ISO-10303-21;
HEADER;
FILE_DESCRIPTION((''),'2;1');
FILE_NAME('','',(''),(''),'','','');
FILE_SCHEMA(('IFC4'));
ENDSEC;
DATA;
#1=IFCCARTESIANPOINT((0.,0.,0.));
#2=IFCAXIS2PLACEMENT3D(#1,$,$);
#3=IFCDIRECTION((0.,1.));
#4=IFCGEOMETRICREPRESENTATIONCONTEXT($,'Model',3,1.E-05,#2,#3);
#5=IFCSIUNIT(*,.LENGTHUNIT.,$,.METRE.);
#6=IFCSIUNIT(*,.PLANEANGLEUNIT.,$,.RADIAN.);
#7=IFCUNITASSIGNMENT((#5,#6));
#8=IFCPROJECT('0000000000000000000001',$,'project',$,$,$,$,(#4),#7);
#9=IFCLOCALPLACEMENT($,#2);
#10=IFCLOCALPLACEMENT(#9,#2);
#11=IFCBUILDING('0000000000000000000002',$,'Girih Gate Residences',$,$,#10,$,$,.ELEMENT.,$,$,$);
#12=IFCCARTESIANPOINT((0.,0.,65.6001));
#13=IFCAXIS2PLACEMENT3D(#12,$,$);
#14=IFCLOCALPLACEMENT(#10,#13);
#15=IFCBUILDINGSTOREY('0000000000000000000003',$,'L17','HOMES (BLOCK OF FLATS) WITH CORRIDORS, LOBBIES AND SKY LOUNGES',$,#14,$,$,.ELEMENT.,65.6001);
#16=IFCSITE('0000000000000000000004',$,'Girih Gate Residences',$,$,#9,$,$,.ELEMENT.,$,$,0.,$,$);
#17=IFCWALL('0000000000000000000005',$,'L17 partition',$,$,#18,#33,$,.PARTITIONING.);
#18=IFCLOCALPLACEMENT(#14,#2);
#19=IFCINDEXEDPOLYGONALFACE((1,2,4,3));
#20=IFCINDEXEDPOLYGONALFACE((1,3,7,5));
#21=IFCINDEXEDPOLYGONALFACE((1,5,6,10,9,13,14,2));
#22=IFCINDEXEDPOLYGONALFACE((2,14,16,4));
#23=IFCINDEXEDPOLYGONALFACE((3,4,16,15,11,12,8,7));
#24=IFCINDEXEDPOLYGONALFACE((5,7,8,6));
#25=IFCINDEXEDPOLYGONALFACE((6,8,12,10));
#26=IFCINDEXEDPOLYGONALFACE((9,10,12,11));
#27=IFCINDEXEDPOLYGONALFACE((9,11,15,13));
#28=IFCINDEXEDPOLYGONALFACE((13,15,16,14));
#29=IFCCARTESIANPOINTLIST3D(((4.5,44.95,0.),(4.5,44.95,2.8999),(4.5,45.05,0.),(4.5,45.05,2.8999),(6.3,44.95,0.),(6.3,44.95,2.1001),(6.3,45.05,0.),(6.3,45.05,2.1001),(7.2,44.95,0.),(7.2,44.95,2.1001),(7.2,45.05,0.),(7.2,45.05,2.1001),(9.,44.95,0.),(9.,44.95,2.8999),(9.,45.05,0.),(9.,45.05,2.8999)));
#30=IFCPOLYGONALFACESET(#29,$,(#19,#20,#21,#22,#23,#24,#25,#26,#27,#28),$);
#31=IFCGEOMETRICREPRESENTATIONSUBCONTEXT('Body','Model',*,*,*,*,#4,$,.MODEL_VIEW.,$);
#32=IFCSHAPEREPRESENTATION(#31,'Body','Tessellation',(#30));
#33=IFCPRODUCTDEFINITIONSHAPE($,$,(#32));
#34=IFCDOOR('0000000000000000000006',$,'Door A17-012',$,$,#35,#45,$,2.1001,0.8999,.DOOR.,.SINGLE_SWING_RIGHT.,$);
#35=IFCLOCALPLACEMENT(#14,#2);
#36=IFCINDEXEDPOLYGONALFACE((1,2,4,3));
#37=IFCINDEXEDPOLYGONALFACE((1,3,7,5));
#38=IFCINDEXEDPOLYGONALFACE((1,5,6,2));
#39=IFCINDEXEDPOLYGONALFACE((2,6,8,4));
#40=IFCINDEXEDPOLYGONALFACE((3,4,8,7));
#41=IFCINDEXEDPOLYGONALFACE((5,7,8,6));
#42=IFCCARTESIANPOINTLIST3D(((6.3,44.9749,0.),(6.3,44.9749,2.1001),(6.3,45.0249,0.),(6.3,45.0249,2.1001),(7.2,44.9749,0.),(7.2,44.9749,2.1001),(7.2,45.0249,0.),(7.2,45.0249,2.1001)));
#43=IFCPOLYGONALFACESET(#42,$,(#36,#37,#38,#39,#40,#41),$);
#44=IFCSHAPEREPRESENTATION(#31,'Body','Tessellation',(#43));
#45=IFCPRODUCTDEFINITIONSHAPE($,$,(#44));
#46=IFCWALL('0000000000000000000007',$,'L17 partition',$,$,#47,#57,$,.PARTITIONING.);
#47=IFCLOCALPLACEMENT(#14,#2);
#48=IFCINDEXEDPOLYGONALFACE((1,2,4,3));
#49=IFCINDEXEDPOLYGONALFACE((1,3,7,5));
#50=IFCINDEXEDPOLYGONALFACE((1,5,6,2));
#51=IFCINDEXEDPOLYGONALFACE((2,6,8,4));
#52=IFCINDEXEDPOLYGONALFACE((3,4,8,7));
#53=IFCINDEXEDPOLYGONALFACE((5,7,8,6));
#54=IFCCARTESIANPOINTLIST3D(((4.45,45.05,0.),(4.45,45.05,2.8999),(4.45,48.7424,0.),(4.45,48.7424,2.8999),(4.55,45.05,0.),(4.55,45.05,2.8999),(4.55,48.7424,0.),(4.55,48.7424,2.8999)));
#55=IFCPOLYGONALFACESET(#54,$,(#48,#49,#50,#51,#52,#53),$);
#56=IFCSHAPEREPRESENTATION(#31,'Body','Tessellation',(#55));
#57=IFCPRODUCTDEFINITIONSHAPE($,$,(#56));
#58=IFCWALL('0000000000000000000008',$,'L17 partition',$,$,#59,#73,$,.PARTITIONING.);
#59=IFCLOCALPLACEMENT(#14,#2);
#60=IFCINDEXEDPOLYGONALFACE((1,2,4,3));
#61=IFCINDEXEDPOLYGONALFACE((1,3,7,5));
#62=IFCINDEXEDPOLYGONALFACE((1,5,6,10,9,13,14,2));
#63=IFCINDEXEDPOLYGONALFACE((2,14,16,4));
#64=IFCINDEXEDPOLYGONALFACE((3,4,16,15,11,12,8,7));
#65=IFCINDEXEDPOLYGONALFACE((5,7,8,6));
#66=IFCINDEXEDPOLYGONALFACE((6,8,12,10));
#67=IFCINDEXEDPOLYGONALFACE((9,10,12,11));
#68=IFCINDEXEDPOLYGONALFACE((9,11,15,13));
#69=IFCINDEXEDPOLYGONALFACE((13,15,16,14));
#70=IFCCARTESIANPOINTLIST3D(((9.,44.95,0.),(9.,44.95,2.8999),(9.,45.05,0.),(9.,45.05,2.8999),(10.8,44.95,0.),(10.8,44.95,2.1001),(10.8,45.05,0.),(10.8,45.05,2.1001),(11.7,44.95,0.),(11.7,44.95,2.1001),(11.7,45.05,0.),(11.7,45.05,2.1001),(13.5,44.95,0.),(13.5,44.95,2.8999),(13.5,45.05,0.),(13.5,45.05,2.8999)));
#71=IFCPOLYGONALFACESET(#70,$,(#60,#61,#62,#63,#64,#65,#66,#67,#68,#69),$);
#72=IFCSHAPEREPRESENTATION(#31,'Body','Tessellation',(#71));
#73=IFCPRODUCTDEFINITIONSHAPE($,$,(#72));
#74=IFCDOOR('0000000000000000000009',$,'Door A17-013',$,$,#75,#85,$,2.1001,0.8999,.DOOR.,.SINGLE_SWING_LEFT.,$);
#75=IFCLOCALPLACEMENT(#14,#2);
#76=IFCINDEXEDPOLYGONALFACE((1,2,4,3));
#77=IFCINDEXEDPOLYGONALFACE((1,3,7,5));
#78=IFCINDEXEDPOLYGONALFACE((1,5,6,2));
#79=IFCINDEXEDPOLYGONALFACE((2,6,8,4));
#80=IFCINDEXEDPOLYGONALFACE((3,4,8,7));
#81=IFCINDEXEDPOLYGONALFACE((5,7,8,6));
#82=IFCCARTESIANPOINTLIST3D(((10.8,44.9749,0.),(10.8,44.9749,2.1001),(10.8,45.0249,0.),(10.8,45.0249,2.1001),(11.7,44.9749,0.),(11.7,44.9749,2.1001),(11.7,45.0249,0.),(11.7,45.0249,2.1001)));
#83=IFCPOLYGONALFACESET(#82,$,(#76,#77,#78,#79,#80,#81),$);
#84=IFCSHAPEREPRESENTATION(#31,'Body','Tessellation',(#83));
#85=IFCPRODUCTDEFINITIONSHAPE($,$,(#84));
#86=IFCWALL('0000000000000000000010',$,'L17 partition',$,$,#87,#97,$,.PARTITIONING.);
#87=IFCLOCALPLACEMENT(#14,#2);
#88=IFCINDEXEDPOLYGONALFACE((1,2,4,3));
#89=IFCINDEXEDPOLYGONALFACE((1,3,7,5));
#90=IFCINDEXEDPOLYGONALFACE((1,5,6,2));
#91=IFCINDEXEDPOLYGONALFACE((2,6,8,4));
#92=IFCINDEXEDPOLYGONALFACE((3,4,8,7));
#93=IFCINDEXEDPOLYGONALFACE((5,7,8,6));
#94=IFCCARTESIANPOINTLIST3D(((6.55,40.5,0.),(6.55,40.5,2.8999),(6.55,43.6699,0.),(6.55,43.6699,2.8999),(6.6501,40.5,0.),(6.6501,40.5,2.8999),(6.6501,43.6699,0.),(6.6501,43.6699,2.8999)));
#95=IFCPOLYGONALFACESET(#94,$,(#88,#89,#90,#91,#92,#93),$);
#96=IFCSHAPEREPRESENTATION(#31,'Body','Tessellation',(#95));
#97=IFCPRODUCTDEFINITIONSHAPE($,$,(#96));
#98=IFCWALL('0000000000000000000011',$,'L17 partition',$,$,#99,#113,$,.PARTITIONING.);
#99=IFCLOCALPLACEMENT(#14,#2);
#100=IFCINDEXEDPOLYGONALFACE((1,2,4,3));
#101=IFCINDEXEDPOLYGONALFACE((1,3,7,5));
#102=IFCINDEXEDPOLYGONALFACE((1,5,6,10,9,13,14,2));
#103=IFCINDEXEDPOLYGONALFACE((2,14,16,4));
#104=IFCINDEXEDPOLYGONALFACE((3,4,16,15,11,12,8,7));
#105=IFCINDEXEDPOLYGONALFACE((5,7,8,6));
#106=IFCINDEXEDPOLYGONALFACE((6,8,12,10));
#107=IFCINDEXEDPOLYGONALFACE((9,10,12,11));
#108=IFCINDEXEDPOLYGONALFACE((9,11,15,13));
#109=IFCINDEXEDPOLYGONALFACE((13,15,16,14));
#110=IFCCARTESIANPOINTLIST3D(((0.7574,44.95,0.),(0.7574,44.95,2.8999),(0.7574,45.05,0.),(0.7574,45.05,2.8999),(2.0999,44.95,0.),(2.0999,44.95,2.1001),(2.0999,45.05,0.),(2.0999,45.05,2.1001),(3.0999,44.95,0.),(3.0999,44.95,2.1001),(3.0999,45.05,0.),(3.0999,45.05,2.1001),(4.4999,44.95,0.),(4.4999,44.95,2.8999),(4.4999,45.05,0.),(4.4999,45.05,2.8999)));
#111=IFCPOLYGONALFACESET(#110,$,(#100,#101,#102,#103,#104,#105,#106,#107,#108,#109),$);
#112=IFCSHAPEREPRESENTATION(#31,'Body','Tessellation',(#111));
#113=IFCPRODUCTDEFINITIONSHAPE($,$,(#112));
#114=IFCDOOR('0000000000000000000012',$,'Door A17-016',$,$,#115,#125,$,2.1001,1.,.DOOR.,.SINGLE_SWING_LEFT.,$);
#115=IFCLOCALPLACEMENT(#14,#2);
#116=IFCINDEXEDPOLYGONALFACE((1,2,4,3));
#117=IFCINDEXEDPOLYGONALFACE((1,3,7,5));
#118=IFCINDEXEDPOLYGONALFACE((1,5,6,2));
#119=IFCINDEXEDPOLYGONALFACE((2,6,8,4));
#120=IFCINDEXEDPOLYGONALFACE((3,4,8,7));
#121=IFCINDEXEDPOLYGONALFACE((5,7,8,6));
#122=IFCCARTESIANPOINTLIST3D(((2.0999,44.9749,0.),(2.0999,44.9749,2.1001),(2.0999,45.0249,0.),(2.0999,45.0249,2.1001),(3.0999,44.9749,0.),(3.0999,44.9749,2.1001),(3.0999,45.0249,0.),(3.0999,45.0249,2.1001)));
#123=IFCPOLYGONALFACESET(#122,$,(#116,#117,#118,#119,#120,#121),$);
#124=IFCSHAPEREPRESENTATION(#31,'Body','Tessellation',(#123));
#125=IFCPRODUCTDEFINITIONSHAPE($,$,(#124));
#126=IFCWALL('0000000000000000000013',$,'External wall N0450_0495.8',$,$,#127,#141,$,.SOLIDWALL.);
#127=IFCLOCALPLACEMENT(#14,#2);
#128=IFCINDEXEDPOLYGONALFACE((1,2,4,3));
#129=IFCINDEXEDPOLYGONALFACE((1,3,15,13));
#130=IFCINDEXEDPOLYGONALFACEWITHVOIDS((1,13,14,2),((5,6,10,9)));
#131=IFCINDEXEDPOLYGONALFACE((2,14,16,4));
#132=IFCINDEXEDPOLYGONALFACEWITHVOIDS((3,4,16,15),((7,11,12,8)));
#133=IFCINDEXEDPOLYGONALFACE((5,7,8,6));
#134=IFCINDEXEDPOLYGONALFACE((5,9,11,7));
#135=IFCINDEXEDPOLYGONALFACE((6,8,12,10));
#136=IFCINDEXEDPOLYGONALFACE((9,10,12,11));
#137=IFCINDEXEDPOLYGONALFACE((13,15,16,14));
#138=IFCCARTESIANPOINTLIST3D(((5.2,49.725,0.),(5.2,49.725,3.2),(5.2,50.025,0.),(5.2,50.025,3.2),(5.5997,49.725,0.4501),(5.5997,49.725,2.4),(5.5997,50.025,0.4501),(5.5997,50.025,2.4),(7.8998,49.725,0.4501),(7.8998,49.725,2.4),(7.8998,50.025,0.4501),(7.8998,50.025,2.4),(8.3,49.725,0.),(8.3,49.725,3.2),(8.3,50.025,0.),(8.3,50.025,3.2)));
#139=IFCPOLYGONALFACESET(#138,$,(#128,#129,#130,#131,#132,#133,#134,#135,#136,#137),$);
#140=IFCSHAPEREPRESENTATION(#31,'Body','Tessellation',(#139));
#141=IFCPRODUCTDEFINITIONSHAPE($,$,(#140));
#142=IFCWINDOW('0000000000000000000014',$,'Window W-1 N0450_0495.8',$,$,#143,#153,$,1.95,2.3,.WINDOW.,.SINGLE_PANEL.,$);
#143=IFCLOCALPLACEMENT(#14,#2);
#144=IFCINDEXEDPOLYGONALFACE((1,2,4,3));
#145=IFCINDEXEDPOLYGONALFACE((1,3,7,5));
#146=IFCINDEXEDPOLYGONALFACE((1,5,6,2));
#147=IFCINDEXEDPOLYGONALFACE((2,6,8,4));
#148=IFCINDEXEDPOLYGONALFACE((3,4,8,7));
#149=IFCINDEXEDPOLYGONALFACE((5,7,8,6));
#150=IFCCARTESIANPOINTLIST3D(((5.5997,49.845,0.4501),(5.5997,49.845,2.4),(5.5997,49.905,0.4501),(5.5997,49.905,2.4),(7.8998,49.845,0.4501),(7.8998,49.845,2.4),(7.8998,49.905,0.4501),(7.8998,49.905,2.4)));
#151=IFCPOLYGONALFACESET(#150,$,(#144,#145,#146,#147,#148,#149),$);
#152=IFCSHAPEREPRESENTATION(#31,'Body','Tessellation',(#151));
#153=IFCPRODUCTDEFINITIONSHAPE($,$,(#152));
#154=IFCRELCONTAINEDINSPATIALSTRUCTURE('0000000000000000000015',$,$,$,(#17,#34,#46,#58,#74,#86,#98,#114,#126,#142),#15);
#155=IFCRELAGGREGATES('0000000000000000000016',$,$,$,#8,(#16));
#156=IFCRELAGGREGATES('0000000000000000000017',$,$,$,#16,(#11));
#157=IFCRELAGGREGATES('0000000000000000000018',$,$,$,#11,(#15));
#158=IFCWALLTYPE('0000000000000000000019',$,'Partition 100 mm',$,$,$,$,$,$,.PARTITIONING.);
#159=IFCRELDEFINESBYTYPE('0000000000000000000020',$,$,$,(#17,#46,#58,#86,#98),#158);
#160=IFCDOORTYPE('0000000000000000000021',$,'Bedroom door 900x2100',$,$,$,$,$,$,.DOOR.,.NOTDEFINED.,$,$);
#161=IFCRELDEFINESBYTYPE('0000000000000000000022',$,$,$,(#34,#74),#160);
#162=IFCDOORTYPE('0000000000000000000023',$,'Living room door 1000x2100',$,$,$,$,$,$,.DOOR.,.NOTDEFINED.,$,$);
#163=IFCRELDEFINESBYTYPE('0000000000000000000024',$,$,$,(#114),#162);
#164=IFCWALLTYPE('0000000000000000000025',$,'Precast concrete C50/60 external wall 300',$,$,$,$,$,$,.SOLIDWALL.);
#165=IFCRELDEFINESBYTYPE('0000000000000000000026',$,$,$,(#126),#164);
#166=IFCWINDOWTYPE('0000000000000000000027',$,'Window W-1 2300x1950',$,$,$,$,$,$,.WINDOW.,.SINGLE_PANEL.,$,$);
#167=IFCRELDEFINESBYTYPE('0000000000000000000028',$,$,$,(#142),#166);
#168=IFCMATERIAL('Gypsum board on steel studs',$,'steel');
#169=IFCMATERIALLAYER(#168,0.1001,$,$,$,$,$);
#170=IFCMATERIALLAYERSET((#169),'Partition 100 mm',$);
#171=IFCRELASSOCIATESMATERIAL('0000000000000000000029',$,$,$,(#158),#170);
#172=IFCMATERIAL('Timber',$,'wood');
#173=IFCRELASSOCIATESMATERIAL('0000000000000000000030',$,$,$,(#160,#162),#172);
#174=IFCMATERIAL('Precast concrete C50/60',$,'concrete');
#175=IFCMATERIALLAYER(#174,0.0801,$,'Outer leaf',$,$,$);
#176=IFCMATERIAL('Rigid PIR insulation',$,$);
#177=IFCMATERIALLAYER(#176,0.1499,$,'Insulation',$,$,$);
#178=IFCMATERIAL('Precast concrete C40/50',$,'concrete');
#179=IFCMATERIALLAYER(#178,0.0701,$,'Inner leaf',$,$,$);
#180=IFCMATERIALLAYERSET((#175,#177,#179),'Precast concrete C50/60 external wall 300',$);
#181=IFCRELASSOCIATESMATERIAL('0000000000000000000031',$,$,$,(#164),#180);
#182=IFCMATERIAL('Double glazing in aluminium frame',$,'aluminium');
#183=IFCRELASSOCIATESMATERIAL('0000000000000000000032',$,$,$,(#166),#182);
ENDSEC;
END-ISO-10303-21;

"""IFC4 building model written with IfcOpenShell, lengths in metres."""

from ifc_helpers import new_model, si_unit, direction, frame, frame_2d, origin, place, context, subcontext, project, spatial, rectangle, extrude, material, layer, layer_set, type_object, element, fill, save


model = new_model("IFC4")

# Units and contexts
model_context = context("Model", 3, precision=1e-05, world=origin(), true_north=direction((0.0, 1.0)))
body_context = subcontext(model_context, "Body", "Model", "MODEL_VIEW")
ifc_project = project(units=[si_unit("LENGTHUNIT", "METRE"), si_unit("PLANEANGLEUNIT", "RADIAN")], contexts=[model_context])

# Site, building, storey
site_placement = place(None, origin())
site = spatial("IfcSite", under=ifc_project, at=site_placement, Name="Girih Gate Residences", CompositionType="ELEMENT", RefElevation=0.0)
building_placement = place(site_placement, origin())
building = spatial("IfcBuilding", under=site, at=building_placement, Name="Girih Gate Residences", CompositionType="ELEMENT")
storey_placement = place(building_placement, frame((0.0, 0.0, 65.6001)))
storey = spatial("IfcBuildingStorey", under=building, at=storey_placement, Name="L17", Description="HOMES (BLOCK OF FLATS) WITH CORRIDORS, LOBBIES AND SKY LOUNGES", CompositionType="ELEMENT", Elevation=65.6001)

# Shared definitions
ifc_material_1 = material(Name="Gypsum board on steel studs", Category="steel")

# Shared definitions
ifc_layer_1 = layer(ifc_material_1, 0.1001)
ifc_layer_set_1 = layer_set([ifc_layer_1], Name="Partition 100 mm")
wall_type_1 = type_object("IfcWallType", Name="Partition 100 mm", PredefinedType="PARTITIONING", material=ifc_layer_set_1)

# Wall, opening, door
wall_1_placement = place(storey_placement, frame((4.5, 45.0, 0.0), z_axis=(0.0, 0.0, 1.0), x_axis=(1.0, 0.0, 0.0)))
wall_1 = element("IfcWall", 1, at=wall_1_placement, inside=storey, type_object=wall_type_1, Name="L17 partition", PredefinedType="PARTITIONING", context=body_context, shape_type="SweptSolid", body=[
    extrude(rectangle(XDim=4.5, YDim=0.1001, at=frame_2d((2.25, 0.0))), origin(), (0.0, 0.0, 1.0), 2.8999),
])
opening_1_placement = place(wall_1_placement, frame((1.8, 0.0, 0.0)))
opening_1 = element("IfcOpeningElement", 2, at=opening_1_placement, cuts=wall_1, PredefinedType="OPENING", context=body_context, shape_type="SweptSolid", body=[
    extrude(rectangle(XDim=0.8999, YDim=2.1001, at=frame_2d((0.45, 1.05))), frame((0.0, 0.0601, 0.0), z_axis=(0.0, -1.0, 0.0), x_axis=(1.0, 0.0, 0.0)), (0.0, 0.0, 1.0), 0.1201),
])
ifc_material_2 = material(Name="Timber", Category="wood")
door_type_1 = type_object("IfcDoorType", Name="Bedroom door 900x2100", OperationType="NOTDEFINED", PredefinedType="DOOR", material=ifc_material_2)
door_1_placement = place(opening_1_placement, origin())
door_1 = element("IfcDoor", 3, at=door_1_placement, inside=storey, type_object=door_type_1, Name="Door A17-012", OperationType="SINGLE_SWING_RIGHT", OverallHeight=2.1001, OverallWidth=0.8999, PredefinedType="DOOR", context=body_context, shape_type="SweptSolid", body=[
    extrude(rectangle(XDim=0.8999, YDim=2.1001, at=frame_2d((0.45, 1.05))), frame((0.0, 0.0249, 0.0), z_axis=(0.0, -1.0, 0.0), x_axis=(1.0, 0.0, 0.0)), (0.0, 0.0, 1.0), 0.05),
])
fill(opening_1, door_1)

# Wall
wall_2_placement = place(storey_placement, frame((4.5, 45.05, 0.0), z_axis=(0.0, 0.0, 1.0), x_axis=(0.0, 1.0, 0.0)))
element("IfcWall", 4, at=wall_2_placement, inside=storey, type_object=wall_type_1, Name="L17 partition", PredefinedType="PARTITIONING", context=body_context, shape_type="SweptSolid", body=[
    extrude(rectangle(XDim=3.6924, YDim=0.1001, at=frame_2d((1.8462, 0.0))), origin(), (0.0, 0.0, 1.0), 2.8999),
])

# Wall, opening, door
wall_3_placement = place(storey_placement, frame((9.0, 45.0, 0.0), z_axis=(0.0, 0.0, 1.0), x_axis=(1.0, 0.0, 0.0)))
wall_3 = element("IfcWall", 5, at=wall_3_placement, inside=storey, type_object=wall_type_1, Name="L17 partition", PredefinedType="PARTITIONING", context=body_context, shape_type="SweptSolid", body=[
    extrude(rectangle(XDim=4.5, YDim=0.1001, at=frame_2d((2.25, 0.0))), origin(), (0.0, 0.0, 1.0), 2.8999),
])
opening_2_placement = place(wall_3_placement, frame((1.8, 0.0, 0.0)))
opening_2 = element("IfcOpeningElement", 6, at=opening_2_placement, cuts=wall_3, PredefinedType="OPENING", context=body_context, shape_type="SweptSolid", body=[
    extrude(rectangle(XDim=0.8999, YDim=2.1001, at=frame_2d((0.45, 1.05))), frame((0.0, 0.0601, 0.0), z_axis=(0.0, -1.0, 0.0), x_axis=(1.0, 0.0, 0.0)), (0.0, 0.0, 1.0), 0.1201),
])
door_2_placement = place(opening_2_placement, origin())
door_2 = element("IfcDoor", 7, at=door_2_placement, inside=storey, type_object=door_type_1, Name="Door A17-013", OperationType="SINGLE_SWING_LEFT", OverallHeight=2.1001, OverallWidth=0.8999, PredefinedType="DOOR", context=body_context, shape_type="SweptSolid", body=[
    extrude(rectangle(XDim=0.8999, YDim=2.1001, at=frame_2d((0.45, 1.05))), frame((0.0, 0.0249, 0.0), z_axis=(0.0, -1.0, 0.0), x_axis=(1.0, 0.0, 0.0)), (0.0, 0.0, 1.0), 0.05),
])
fill(opening_2, door_2)

# Wall
wall_4_placement = place(storey_placement, frame((6.6001, 40.5, 0.0), z_axis=(0.0, 0.0, 1.0), x_axis=(0.0, 1.0, 0.0)))
element("IfcWall", 8, at=wall_4_placement, inside=storey, type_object=wall_type_1, Name="L17 partition", PredefinedType="PARTITIONING", context=body_context, shape_type="SweptSolid", body=[
    extrude(rectangle(XDim=3.1699, YDim=0.1001, at=frame_2d((1.585, 0.0))), origin(), (0.0, 0.0, 1.0), 2.8999),
])

# Wall, opening, door
wall_5_placement = place(storey_placement, frame((0.7576, 45.0, 0.0), z_axis=(0.0, 0.0, 1.0), x_axis=(1.0, 0.0, 0.0)))
wall_5 = element("IfcWall", 9, at=wall_5_placement, inside=storey, type_object=wall_type_1, Name="L17 partition", PredefinedType="PARTITIONING", context=body_context, shape_type="SweptSolid", body=[
    extrude(rectangle(XDim=3.7424, YDim=0.1001, at=frame_2d((1.8711, 0.0))), origin(), (0.0, 0.0, 1.0), 2.8999),
])
opening_3_placement = place(wall_5_placement, frame((1.3423, 0.0, 0.0)))
opening_3 = element("IfcOpeningElement", 10, at=opening_3_placement, cuts=wall_5, PredefinedType="OPENING", context=body_context, shape_type="SweptSolid", body=[
    extrude(rectangle(XDim=1.0, YDim=2.1001, at=frame_2d((0.5, 1.05))), frame((0.0, 0.0601, 0.0), z_axis=(0.0, -1.0, 0.0), x_axis=(1.0, 0.0, 0.0)), (0.0, 0.0, 1.0), 0.1201),
])
door_type_2 = type_object("IfcDoorType", Name="Living room door 1000x2100", OperationType="NOTDEFINED", PredefinedType="DOOR", material=ifc_material_2)
door_3_placement = place(opening_3_placement, origin())
door_3 = element("IfcDoor", 11, at=door_3_placement, inside=storey, type_object=door_type_2, Name="Door A17-016", OperationType="SINGLE_SWING_LEFT", OverallHeight=2.1001, OverallWidth=1.0, PredefinedType="DOOR", context=body_context, shape_type="SweptSolid", body=[
    extrude(rectangle(XDim=1.0, YDim=2.1001, at=frame_2d((0.5, 1.05))), frame((0.0, 0.0249, 0.0), z_axis=(0.0, -1.0, 0.0), x_axis=(1.0, 0.0, 0.0)), (0.0, 0.0, 1.0), 0.05),
])
fill(opening_3, door_3)

# Wall, opening, window
ifc_material_3 = material(Name="Precast concrete C50/60", Category="concrete")
ifc_layer_2 = layer(ifc_material_3, 0.0801, Name="Outer leaf")
ifc_material_4 = material(Name="Rigid PIR insulation")
ifc_layer_3 = layer(ifc_material_4, 0.1499, Name="Insulation")
ifc_material_5 = material(Name="Precast concrete C40/50", Category="concrete")
ifc_layer_4 = layer(ifc_material_5, 0.0701, Name="Inner leaf")
ifc_layer_set_2 = layer_set([ifc_layer_2, ifc_layer_3, ifc_layer_4], Name="Precast concrete C50/60 external wall 300")
wall_type_2 = type_object("IfcWallType", Name="Precast concrete C50/60 external wall 300", PredefinedType="SOLIDWALL", material=ifc_layer_set_2)
wall_6_placement = place(storey_placement, frame((5.2, 49.875, 0.0), z_axis=(0.0, 0.0, 1.0), x_axis=(1.0, 0.0, 0.0)))
wall_6 = element("IfcWall", 12, at=wall_6_placement, inside=storey, type_object=wall_type_2, Name="External wall N0450_0495.8", PredefinedType="SOLIDWALL", context=body_context, shape_type="SweptSolid", body=[
    extrude(rectangle(XDim=3.1001, YDim=0.3, at=frame_2d((1.55, 0.0))), origin(), (0.0, 0.0, 1.0), 3.2),
])
opening_4_placement = place(wall_6_placement, frame((0.3999, 0.0, 0.45)))
opening_4 = element("IfcOpeningElement", 13, at=opening_4_placement, cuts=wall_6, PredefinedType="OPENING", context=body_context, shape_type="SweptSolid", body=[
    extrude(rectangle(XDim=2.3, YDim=1.95, at=frame_2d((1.1499, 0.9751))), frame((0.0, 0.1599, 0.0), z_axis=(0.0, -1.0, 0.0), x_axis=(1.0, 0.0, 0.0)), (0.0, 0.0, 1.0), 0.3201),
])
ifc_material_6 = material(Name="Double glazing in aluminium frame", Category="aluminium")
window_type_1 = type_object("IfcWindowType", Name="Window W-1 2300x1950", PartitioningType="SINGLE_PANEL", PredefinedType="WINDOW", material=ifc_material_6)
window_1_placement = place(opening_4_placement, origin())
window_1 = element("IfcWindow", 14, at=window_1_placement, inside=storey, type_object=window_type_1, Name="Window W-1 N0450_0495.8", OverallHeight=1.95, OverallWidth=2.3, PartitioningType="SINGLE_PANEL", PredefinedType="WINDOW", context=body_context, shape_type="SweptSolid", body=[
    extrude(rectangle(XDim=2.3, YDim=1.95, at=frame_2d((1.1499, 0.9751))), frame((0.0, 0.03, 0.0), z_axis=(0.0, -1.0, 0.0), x_axis=(1.0, 0.0, 0.0)), (0.0, 0.0, 1.0), 0.0601),
])
fill(opening_4, window_1)

save(model, "model.ifc")
